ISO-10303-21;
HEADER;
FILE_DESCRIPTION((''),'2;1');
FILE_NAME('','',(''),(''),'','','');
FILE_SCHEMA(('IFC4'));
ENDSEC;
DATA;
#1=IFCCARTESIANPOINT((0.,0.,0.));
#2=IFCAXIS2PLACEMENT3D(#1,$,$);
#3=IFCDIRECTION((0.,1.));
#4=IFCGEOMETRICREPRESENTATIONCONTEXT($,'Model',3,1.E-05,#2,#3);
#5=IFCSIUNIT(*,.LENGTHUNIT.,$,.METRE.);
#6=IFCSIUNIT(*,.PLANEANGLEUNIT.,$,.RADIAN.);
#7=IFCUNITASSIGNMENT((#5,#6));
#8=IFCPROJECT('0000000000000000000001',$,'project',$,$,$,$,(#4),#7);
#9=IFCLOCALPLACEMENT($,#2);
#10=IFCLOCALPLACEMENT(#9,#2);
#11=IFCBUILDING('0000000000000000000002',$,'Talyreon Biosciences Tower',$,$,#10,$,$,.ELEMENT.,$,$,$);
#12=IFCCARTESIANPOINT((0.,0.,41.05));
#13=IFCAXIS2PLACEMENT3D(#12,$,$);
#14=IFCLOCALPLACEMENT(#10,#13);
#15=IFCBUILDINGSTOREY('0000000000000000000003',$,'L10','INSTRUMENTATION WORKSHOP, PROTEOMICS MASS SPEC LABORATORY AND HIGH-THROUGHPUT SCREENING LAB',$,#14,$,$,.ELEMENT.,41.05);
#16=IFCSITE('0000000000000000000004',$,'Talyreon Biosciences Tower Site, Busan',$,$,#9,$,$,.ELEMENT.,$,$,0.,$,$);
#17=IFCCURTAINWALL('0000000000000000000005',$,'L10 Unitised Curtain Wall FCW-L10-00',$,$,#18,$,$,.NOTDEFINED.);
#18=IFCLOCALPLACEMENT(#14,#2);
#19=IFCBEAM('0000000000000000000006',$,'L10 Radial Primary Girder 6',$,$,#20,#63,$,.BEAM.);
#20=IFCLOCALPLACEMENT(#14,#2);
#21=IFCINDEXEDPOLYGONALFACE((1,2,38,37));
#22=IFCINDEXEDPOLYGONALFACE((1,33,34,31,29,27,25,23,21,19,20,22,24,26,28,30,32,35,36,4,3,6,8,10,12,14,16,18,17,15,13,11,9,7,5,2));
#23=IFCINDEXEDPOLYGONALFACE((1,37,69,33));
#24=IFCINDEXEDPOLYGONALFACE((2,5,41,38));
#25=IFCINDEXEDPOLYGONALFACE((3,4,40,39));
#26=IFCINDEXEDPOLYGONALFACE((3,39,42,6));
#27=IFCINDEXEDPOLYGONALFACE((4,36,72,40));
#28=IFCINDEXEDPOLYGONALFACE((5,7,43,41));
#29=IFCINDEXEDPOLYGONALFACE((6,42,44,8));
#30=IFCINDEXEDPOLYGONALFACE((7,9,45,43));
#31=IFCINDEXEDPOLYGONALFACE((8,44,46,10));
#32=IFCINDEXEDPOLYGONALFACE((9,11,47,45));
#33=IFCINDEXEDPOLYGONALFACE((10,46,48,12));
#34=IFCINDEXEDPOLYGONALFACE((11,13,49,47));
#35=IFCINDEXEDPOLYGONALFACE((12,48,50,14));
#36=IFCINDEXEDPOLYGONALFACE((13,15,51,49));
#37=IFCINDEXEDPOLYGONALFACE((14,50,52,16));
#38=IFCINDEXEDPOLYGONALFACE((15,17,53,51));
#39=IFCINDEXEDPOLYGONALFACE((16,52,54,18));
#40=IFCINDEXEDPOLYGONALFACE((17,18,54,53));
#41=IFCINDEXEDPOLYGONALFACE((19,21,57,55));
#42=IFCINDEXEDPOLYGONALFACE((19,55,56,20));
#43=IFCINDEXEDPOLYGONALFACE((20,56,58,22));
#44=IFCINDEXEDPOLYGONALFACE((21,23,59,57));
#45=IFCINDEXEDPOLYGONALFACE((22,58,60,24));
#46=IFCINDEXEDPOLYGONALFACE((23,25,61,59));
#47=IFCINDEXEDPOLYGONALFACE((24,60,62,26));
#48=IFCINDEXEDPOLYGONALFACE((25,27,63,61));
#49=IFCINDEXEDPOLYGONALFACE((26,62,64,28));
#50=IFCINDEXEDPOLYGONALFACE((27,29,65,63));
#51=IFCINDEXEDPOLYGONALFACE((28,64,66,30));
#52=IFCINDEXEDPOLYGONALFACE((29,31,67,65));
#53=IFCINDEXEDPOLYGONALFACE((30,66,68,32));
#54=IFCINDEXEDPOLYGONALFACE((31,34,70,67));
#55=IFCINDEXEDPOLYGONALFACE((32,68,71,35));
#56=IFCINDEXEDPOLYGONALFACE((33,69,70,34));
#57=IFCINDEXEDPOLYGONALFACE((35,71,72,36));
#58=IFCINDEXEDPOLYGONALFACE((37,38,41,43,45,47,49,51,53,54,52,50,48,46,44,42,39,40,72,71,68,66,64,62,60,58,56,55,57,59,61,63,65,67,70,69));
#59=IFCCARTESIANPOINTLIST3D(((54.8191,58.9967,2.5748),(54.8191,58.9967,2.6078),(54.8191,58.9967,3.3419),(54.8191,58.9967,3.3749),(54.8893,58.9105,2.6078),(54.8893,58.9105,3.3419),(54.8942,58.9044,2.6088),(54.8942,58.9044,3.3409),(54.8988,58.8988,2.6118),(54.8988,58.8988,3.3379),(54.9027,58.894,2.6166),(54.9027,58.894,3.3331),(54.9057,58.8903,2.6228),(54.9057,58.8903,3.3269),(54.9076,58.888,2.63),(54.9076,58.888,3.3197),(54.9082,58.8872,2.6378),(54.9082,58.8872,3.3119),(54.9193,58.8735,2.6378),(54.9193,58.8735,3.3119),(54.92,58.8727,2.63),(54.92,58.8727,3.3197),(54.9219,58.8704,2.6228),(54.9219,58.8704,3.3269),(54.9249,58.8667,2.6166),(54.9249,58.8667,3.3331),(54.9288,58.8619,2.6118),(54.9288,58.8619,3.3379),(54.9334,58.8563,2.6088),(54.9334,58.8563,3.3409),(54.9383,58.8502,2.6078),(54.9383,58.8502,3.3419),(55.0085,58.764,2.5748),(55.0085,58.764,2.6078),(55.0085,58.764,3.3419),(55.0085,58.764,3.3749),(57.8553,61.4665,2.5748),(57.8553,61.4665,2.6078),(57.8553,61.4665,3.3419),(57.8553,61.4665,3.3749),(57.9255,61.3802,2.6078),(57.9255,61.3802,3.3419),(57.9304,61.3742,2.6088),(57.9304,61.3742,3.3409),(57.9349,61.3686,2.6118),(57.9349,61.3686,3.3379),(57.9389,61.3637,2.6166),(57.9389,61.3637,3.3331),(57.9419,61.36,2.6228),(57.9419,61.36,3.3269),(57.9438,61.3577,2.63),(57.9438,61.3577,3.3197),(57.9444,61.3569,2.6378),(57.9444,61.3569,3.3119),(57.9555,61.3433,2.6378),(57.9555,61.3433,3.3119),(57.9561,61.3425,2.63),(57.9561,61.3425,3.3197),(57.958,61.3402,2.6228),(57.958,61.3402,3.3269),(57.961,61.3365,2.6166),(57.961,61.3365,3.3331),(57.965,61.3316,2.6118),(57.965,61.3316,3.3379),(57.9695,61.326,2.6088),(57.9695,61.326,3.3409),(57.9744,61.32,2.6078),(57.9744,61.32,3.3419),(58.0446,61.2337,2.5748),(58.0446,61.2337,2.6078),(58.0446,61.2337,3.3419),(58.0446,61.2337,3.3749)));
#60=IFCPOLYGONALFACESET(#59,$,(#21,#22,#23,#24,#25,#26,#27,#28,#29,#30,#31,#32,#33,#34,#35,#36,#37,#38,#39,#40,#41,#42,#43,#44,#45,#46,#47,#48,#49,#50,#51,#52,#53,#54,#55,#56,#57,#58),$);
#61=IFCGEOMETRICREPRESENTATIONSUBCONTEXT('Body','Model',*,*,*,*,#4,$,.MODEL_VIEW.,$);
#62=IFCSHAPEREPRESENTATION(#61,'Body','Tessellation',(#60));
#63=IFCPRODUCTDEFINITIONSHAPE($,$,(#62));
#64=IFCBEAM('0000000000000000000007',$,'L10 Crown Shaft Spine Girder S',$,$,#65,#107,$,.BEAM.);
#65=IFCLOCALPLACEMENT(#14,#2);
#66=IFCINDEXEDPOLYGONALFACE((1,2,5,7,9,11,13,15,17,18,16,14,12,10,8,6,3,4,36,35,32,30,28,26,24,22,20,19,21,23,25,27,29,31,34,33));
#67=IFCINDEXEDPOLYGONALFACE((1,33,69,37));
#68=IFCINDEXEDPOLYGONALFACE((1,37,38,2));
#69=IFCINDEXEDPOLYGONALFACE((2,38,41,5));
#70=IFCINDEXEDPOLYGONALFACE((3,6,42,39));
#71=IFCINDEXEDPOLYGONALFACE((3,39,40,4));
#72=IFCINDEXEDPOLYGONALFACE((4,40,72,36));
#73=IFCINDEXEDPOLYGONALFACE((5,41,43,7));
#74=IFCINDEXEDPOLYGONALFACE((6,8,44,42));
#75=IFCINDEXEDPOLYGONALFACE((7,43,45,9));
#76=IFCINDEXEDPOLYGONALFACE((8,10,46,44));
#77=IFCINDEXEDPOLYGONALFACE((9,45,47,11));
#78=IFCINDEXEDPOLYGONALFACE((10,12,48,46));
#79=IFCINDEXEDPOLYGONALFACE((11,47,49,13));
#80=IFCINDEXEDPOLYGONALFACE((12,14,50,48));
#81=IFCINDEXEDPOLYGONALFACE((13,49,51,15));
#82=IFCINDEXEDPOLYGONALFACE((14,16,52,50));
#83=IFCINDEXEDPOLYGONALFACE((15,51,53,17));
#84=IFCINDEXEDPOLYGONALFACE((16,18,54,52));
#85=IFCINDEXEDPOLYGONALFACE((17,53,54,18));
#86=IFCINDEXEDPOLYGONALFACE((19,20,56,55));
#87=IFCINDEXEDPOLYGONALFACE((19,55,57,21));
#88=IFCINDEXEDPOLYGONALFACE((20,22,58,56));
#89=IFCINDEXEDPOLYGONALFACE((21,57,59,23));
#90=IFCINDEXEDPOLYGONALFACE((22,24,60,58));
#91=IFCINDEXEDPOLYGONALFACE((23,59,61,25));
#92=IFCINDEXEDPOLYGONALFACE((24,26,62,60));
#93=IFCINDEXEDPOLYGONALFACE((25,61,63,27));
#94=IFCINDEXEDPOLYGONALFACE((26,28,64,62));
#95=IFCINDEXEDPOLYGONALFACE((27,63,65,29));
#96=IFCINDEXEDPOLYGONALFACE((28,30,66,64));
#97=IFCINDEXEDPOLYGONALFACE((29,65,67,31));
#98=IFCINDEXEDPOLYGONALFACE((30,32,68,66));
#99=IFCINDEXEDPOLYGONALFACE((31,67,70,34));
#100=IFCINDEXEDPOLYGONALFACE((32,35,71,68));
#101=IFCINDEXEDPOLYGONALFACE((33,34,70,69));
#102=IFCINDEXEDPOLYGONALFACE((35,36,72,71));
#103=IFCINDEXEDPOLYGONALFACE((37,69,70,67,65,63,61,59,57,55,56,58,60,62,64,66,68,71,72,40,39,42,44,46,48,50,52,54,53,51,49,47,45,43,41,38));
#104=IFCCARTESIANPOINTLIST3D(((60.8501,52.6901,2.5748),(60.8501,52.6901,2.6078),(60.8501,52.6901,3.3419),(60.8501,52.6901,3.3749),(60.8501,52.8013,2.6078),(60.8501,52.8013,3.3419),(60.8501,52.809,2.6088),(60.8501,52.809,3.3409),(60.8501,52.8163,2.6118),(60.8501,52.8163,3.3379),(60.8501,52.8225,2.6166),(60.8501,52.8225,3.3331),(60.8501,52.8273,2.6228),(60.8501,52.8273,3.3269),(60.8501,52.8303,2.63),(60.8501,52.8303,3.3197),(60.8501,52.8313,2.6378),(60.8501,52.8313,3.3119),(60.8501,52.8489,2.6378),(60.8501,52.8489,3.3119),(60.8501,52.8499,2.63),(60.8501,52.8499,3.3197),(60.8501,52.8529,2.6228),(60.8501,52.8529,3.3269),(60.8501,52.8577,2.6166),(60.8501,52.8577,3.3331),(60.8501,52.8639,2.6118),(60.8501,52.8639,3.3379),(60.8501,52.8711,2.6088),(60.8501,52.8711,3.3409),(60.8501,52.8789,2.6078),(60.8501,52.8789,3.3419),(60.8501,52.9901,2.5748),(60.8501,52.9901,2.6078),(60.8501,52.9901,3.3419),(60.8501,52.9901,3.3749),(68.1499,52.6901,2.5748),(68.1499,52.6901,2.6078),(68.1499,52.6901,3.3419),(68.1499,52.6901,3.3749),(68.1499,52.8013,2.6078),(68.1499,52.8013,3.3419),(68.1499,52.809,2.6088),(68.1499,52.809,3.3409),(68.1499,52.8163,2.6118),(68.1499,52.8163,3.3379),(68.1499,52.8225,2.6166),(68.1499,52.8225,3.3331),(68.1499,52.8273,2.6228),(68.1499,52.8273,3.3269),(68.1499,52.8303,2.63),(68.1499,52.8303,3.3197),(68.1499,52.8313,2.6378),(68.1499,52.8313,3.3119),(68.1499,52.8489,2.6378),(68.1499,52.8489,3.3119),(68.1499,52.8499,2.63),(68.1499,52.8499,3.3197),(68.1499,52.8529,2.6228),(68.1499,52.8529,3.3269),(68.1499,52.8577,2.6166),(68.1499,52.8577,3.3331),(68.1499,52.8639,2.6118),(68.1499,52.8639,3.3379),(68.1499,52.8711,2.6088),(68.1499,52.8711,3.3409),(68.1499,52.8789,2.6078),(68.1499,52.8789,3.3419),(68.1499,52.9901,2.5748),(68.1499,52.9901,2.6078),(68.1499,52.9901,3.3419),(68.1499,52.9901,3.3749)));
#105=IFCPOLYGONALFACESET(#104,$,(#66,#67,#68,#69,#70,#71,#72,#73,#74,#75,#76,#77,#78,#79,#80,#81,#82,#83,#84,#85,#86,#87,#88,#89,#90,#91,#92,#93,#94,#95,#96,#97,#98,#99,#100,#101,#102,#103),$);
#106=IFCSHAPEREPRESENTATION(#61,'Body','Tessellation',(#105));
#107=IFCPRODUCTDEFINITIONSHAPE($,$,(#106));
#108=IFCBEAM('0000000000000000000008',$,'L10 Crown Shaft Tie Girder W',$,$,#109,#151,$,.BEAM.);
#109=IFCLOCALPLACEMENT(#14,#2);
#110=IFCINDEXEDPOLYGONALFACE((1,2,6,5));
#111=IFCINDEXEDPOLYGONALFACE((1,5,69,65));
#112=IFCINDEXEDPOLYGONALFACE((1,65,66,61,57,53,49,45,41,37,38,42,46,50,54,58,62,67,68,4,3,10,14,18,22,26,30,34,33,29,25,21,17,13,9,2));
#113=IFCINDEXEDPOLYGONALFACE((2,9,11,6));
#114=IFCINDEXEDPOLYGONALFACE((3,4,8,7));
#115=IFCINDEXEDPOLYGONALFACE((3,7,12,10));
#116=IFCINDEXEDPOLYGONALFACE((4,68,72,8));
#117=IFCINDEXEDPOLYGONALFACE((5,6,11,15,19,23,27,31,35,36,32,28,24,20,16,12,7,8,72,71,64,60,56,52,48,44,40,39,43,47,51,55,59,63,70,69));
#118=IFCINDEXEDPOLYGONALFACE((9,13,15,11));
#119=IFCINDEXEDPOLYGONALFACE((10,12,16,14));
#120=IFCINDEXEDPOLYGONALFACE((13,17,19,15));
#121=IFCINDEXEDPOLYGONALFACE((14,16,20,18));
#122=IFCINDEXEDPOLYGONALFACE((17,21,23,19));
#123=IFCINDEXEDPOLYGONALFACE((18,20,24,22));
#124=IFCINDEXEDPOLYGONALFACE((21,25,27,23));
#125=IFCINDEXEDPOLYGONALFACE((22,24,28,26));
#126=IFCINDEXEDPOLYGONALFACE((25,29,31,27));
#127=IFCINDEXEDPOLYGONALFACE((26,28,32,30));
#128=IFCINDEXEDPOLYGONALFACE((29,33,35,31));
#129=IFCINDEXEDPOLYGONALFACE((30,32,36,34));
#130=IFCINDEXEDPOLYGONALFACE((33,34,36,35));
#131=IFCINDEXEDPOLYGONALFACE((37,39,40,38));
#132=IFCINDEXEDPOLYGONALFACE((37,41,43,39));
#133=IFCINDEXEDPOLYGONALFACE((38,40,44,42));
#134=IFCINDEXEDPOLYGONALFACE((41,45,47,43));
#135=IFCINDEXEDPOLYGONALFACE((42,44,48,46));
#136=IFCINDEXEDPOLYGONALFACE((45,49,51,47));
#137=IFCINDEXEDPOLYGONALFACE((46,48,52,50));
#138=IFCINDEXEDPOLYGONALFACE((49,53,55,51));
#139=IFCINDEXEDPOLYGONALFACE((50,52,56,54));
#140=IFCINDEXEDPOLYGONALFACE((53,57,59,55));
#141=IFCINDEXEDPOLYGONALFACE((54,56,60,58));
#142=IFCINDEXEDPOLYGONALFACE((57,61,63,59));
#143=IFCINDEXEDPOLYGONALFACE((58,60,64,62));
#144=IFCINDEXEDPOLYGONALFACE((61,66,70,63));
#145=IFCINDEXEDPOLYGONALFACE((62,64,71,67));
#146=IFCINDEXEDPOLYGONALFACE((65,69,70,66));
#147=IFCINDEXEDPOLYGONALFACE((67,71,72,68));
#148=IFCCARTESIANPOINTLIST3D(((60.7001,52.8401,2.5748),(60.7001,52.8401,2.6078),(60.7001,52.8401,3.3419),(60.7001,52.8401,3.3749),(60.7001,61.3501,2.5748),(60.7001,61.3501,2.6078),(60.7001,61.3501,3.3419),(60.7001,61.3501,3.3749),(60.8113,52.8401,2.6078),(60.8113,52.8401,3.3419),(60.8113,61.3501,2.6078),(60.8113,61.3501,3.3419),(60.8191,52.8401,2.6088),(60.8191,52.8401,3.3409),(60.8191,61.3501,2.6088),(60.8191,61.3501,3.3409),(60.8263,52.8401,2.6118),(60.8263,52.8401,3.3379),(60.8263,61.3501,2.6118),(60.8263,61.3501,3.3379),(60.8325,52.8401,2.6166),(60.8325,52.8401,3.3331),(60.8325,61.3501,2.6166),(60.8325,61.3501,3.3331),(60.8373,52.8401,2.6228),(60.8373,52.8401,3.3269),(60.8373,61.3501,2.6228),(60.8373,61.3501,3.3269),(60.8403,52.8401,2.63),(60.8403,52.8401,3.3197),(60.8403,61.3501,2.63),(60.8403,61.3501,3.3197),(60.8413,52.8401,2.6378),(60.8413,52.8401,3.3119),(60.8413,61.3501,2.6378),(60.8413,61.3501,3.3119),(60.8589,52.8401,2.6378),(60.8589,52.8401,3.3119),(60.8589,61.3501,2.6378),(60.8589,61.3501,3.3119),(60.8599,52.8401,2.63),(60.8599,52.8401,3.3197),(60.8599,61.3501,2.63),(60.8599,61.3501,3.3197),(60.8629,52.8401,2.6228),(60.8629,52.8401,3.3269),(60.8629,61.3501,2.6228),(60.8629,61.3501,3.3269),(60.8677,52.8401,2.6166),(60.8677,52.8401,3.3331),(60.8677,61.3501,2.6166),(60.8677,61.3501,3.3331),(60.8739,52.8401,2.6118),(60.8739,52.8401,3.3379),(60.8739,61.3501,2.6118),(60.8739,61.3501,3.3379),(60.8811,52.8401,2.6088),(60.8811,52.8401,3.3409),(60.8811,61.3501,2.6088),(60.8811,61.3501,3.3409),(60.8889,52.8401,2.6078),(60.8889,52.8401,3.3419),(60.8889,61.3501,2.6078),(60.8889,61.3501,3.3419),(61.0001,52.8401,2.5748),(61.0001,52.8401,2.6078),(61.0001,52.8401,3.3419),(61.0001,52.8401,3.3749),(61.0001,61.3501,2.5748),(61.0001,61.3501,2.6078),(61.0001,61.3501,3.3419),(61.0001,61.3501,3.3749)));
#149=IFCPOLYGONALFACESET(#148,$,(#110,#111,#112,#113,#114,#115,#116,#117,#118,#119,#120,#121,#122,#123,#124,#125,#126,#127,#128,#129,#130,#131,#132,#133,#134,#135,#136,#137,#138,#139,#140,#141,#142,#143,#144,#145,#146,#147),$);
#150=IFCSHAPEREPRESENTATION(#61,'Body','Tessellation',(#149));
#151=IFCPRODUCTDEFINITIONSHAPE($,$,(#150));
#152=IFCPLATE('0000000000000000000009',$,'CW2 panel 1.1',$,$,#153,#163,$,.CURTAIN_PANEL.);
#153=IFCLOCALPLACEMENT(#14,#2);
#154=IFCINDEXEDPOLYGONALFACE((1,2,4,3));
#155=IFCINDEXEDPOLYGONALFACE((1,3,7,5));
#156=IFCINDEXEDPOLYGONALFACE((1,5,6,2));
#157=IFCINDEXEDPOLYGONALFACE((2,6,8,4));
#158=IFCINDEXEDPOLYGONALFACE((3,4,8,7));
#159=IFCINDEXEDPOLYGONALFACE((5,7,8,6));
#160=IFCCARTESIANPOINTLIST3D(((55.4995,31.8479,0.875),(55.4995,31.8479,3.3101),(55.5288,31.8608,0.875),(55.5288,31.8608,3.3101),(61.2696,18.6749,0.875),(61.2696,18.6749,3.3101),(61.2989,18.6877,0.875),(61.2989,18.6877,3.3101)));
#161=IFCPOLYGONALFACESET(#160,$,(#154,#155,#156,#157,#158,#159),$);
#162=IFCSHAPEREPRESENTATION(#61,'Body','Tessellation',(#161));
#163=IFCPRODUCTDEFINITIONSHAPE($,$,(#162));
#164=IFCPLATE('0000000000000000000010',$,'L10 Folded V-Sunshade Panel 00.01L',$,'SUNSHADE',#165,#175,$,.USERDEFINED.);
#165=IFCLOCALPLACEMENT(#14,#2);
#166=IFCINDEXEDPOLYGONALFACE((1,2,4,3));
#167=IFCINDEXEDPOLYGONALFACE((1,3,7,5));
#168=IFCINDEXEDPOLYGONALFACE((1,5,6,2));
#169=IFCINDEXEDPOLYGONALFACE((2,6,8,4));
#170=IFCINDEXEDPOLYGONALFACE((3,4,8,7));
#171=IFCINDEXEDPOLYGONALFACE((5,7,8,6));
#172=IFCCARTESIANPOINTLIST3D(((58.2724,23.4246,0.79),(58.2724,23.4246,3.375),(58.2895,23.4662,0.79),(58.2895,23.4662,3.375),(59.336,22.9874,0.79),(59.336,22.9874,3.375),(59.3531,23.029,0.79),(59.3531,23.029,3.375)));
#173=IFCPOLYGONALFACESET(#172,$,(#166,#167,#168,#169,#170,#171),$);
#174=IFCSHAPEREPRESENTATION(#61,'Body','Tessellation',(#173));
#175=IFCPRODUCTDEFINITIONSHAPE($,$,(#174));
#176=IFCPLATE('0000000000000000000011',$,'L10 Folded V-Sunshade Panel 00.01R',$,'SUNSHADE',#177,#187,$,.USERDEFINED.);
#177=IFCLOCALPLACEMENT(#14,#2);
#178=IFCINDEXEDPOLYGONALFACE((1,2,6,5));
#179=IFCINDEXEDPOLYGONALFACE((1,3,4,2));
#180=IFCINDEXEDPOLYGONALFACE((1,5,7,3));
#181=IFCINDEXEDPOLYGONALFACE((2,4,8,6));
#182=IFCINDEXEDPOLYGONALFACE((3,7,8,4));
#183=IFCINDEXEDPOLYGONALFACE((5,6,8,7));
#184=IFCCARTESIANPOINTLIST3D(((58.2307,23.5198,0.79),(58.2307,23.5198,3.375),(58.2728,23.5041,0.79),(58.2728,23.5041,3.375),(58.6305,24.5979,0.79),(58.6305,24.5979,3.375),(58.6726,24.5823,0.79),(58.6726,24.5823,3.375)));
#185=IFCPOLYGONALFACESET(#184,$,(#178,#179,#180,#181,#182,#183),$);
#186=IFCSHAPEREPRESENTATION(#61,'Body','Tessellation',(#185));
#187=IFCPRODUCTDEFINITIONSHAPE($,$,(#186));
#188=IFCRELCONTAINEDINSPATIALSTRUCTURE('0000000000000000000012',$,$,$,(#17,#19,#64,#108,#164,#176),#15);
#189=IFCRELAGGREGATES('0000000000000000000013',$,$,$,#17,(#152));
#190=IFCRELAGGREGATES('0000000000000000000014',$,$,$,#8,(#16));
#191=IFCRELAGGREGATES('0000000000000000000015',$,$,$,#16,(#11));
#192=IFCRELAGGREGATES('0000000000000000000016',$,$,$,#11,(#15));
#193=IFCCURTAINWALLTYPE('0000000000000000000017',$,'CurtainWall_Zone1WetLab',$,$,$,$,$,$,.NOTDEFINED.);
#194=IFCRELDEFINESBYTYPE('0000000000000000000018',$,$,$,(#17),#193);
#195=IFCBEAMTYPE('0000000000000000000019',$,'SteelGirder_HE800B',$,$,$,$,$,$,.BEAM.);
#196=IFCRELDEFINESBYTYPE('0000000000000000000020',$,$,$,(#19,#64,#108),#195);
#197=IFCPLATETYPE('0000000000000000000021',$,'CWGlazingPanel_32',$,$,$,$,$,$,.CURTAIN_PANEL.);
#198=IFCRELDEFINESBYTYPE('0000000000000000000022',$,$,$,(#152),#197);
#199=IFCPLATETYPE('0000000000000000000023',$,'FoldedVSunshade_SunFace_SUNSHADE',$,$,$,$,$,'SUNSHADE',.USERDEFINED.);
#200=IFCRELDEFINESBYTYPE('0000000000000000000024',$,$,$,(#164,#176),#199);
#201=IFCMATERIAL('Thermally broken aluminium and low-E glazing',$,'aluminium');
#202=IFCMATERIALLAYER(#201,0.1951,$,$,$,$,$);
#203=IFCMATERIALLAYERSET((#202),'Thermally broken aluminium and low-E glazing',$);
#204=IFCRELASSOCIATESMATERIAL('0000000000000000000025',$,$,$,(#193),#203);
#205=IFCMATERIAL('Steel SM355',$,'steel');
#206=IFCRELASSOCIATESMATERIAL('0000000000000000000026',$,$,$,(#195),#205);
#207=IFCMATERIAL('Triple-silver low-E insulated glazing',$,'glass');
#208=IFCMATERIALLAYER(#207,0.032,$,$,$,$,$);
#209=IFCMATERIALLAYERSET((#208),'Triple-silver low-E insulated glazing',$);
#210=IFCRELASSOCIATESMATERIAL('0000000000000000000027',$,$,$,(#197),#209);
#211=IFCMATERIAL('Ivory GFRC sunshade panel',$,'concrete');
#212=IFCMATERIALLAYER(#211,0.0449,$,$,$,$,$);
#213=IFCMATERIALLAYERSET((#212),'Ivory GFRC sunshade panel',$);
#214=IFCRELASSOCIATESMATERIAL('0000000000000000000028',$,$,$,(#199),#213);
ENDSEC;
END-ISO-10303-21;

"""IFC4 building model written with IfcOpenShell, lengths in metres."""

from ifc_helpers import new_model, si_unit, direction, frame, origin, origin_2d, place, context, subcontext, project, spatial, rectangle, i_section, extrude, material, layer, layer_set, material_profile, profile_set, type_object, element, aggregate, save


model = new_model("IFC4")

# Units and contexts
model_context = context("Model", 3, precision=1e-05, world=origin(), true_north=direction((0.0, 1.0)))
body_context = subcontext(model_context, "Body", "Model", "MODEL_VIEW")
ifc_project = project(units=[si_unit("LENGTHUNIT", "METRE"), si_unit("PLANEANGLEUNIT", "RADIAN")], contexts=[model_context])

# Site, building, storey
site_placement = place(None, origin())
site = spatial("IfcSite", under=ifc_project, at=site_placement, Name="Talyreon Biosciences Tower Site, Busan", CompositionType="ELEMENT", RefElevation=0.0)
building_placement = place(site_placement, origin())
building = spatial("IfcBuilding", under=site, at=building_placement, Name="Talyreon Biosciences Tower", CompositionType="ELEMENT")
storey_placement = place(building_placement, frame((0.0, 0.0, 41.05)))
storey = spatial("IfcBuildingStorey", under=building, at=storey_placement, Name="L10", Description="INSTRUMENTATION WORKSHOP, PROTEOMICS MASS SPEC LABORATORY AND HIGH-THROUGHPUT SCREENING LAB", CompositionType="ELEMENT", Elevation=41.05)

# Curtain wall
ifc_material_1 = material(Name="Thermally broken aluminium and low-E glazing", Category="aluminium")
ifc_layer_1 = layer(ifc_material_1, 0.1951)
ifc_layer_set_1 = layer_set([ifc_layer_1], Name="Thermally broken aluminium and low-E glazing")
curtain_wall_type = type_object("IfcCurtainWallType", Name="CurtainWall_Zone1WetLab", PredefinedType="NOTDEFINED", material=ifc_layer_set_1)
curtain_wall_placement = place(storey_placement, origin())
curtain_wall = element("IfcCurtainWall", 1, at=curtain_wall_placement, inside=storey, type_object=curtain_wall_type, Name="L10 Unitised Curtain Wall FCW-L10-00", PredefinedType="NOTDEFINED")

# Beams
ifc_material_2 = material(Name="Steel SM355", Category="steel")
ifc_material_profile_1 = material_profile(ifc_material_2, i_section(OverallWidth=0.3, OverallDepth=0.8, WebThickness=0.0176, FlangeThickness=0.033, FilletRadius=0.03, at=origin_2d()), Name="HE800B")
ifc_profile_set_1 = profile_set([ifc_material_profile_1], Name="Steel SM355")
beam_type_1 = type_object("IfcBeamType", Name="SteelGirder_HE800B", PredefinedType="BEAM", material=ifc_profile_set_1)
beam_1_placement = place(storey_placement, frame((57.95, 61.3501, 2.9749), z_axis=(-0.775755, -0.631034, 0.0), x_axis=(0.631034, -0.775755, 0.0)))
element("IfcBeam", 2, at=beam_1_placement, inside=storey, type_object=beam_type_1, Name="L10 Radial Primary Girder 6", PredefinedType="BEAM", context=body_context, shape_type="SweptSolid", body=[
    extrude(i_section(OverallWidth=0.3, OverallDepth=0.8, WebThickness=0.0176, FlangeThickness=0.033, FilletRadius=0.03, at=origin_2d()), origin(), (0.0, 0.0, 1.0), 3.9138),
])
beam_2_placement = place(storey_placement, frame((60.8501, 52.8401, 2.9749), z_axis=(1.0, 0.0, 0.0), x_axis=(0.0, 1.0, 0.0)))
element("IfcBeam", 3, at=beam_2_placement, inside=storey, type_object=beam_type_1, Name="L10 Crown Shaft Spine Girder S", PredefinedType="BEAM", context=body_context, shape_type="SweptSolid", body=[
    extrude(i_section(OverallWidth=0.3, OverallDepth=0.8, WebThickness=0.0176, FlangeThickness=0.033, FilletRadius=0.03, at=origin_2d()), origin(), (0.0, 0.0, 1.0), 7.2998),
])
beam_3_placement = place(storey_placement, frame((60.8501, 52.8401, 2.9749), z_axis=(0.0, 1.0, 0.0), x_axis=(-1.0, 0.0, 0.0)))
element("IfcBeam", 4, at=beam_3_placement, inside=storey, type_object=beam_type_1, Name="L10 Crown Shaft Tie Girder W", PredefinedType="BEAM", context=body_context, shape_type="SweptSolid", body=[
    extrude(i_section(OverallWidth=0.3, OverallDepth=0.8, WebThickness=0.0176, FlangeThickness=0.033, FilletRadius=0.03, at=origin_2d()), origin(), (0.0, 0.0, 1.0), 8.51),
])

# Plate
ifc_material_3 = material(Name="Triple-silver low-E insulated glazing", Category="glass")
ifc_layer_2 = layer(ifc_material_3, 0.032)
ifc_layer_set_2 = layer_set([ifc_layer_2], Name="Triple-silver low-E insulated glazing")
plate_type_1 = type_object("IfcPlateType", Name="CWGlazingPanel_32", PredefinedType="CURTAIN_PANEL", material=ifc_layer_set_2)
plate_placement = place(storey_placement, frame((58.3992, 25.2678, 0.875), z_axis=(0.0, 0.0, 1.0), x_axis=(-0.401223, 0.91598, 0.0)))
plate = element("IfcPlate", 5, at=plate_placement, type_object=plate_type_1, Name="CW2 panel 1.1", PredefinedType="CURTAIN_PANEL", context=body_context, shape_type="SweptSolid", body=[
    extrude(rectangle(XDim=14.3813, YDim=0.032, at=origin_2d()), origin(), (0.0, 0.0, 1.0), 2.4351),
])
aggregate(curtain_wall, [plate])

# Plates
ifc_material_4 = material(Name="Ivory GFRC sunshade panel", Category="concrete")
ifc_layer_3 = layer(ifc_material_4, 0.0449)
ifc_layer_set_3 = layer_set([ifc_layer_3], Name="Ivory GFRC sunshade panel")
plate_type_2 = type_object("IfcPlateType", Name="FoldedVSunshade_SunFace_SUNSHADE", ElementType="SUNSHADE", PredefinedType="USERDEFINED", material=ifc_layer_set_3)
for number, where, z_axis, x_axis, name in (
    (6, (58.8127, 23.2268, 0.79), (0.0, 0.0, 1.0), (-0.924911, 0.380183, 0.0), "L10 Folded V-Sunshade Panel 00.01L"),
    (7, (58.4517, 24.051, 0.79), (0.0, 0.0, 1.0), (0.347672, 0.937616, 0.0), "L10 Folded V-Sunshade Panel 00.01R"),
):
    element("IfcPlate", number, at=place(storey_placement, frame(where, z_axis=z_axis, x_axis=x_axis)), inside=storey, type_object=plate_type_2, Name=name, ObjectType="SUNSHADE", PredefinedType="USERDEFINED", context=body_context, shape_type="SweptSolid", body=[
        extrude(rectangle(XDim=1.1499, YDim=0.0449, at=origin_2d()), origin(), (0.0, 0.0, 1.0), 2.585),
    ])

save(model, "model.ifc")
